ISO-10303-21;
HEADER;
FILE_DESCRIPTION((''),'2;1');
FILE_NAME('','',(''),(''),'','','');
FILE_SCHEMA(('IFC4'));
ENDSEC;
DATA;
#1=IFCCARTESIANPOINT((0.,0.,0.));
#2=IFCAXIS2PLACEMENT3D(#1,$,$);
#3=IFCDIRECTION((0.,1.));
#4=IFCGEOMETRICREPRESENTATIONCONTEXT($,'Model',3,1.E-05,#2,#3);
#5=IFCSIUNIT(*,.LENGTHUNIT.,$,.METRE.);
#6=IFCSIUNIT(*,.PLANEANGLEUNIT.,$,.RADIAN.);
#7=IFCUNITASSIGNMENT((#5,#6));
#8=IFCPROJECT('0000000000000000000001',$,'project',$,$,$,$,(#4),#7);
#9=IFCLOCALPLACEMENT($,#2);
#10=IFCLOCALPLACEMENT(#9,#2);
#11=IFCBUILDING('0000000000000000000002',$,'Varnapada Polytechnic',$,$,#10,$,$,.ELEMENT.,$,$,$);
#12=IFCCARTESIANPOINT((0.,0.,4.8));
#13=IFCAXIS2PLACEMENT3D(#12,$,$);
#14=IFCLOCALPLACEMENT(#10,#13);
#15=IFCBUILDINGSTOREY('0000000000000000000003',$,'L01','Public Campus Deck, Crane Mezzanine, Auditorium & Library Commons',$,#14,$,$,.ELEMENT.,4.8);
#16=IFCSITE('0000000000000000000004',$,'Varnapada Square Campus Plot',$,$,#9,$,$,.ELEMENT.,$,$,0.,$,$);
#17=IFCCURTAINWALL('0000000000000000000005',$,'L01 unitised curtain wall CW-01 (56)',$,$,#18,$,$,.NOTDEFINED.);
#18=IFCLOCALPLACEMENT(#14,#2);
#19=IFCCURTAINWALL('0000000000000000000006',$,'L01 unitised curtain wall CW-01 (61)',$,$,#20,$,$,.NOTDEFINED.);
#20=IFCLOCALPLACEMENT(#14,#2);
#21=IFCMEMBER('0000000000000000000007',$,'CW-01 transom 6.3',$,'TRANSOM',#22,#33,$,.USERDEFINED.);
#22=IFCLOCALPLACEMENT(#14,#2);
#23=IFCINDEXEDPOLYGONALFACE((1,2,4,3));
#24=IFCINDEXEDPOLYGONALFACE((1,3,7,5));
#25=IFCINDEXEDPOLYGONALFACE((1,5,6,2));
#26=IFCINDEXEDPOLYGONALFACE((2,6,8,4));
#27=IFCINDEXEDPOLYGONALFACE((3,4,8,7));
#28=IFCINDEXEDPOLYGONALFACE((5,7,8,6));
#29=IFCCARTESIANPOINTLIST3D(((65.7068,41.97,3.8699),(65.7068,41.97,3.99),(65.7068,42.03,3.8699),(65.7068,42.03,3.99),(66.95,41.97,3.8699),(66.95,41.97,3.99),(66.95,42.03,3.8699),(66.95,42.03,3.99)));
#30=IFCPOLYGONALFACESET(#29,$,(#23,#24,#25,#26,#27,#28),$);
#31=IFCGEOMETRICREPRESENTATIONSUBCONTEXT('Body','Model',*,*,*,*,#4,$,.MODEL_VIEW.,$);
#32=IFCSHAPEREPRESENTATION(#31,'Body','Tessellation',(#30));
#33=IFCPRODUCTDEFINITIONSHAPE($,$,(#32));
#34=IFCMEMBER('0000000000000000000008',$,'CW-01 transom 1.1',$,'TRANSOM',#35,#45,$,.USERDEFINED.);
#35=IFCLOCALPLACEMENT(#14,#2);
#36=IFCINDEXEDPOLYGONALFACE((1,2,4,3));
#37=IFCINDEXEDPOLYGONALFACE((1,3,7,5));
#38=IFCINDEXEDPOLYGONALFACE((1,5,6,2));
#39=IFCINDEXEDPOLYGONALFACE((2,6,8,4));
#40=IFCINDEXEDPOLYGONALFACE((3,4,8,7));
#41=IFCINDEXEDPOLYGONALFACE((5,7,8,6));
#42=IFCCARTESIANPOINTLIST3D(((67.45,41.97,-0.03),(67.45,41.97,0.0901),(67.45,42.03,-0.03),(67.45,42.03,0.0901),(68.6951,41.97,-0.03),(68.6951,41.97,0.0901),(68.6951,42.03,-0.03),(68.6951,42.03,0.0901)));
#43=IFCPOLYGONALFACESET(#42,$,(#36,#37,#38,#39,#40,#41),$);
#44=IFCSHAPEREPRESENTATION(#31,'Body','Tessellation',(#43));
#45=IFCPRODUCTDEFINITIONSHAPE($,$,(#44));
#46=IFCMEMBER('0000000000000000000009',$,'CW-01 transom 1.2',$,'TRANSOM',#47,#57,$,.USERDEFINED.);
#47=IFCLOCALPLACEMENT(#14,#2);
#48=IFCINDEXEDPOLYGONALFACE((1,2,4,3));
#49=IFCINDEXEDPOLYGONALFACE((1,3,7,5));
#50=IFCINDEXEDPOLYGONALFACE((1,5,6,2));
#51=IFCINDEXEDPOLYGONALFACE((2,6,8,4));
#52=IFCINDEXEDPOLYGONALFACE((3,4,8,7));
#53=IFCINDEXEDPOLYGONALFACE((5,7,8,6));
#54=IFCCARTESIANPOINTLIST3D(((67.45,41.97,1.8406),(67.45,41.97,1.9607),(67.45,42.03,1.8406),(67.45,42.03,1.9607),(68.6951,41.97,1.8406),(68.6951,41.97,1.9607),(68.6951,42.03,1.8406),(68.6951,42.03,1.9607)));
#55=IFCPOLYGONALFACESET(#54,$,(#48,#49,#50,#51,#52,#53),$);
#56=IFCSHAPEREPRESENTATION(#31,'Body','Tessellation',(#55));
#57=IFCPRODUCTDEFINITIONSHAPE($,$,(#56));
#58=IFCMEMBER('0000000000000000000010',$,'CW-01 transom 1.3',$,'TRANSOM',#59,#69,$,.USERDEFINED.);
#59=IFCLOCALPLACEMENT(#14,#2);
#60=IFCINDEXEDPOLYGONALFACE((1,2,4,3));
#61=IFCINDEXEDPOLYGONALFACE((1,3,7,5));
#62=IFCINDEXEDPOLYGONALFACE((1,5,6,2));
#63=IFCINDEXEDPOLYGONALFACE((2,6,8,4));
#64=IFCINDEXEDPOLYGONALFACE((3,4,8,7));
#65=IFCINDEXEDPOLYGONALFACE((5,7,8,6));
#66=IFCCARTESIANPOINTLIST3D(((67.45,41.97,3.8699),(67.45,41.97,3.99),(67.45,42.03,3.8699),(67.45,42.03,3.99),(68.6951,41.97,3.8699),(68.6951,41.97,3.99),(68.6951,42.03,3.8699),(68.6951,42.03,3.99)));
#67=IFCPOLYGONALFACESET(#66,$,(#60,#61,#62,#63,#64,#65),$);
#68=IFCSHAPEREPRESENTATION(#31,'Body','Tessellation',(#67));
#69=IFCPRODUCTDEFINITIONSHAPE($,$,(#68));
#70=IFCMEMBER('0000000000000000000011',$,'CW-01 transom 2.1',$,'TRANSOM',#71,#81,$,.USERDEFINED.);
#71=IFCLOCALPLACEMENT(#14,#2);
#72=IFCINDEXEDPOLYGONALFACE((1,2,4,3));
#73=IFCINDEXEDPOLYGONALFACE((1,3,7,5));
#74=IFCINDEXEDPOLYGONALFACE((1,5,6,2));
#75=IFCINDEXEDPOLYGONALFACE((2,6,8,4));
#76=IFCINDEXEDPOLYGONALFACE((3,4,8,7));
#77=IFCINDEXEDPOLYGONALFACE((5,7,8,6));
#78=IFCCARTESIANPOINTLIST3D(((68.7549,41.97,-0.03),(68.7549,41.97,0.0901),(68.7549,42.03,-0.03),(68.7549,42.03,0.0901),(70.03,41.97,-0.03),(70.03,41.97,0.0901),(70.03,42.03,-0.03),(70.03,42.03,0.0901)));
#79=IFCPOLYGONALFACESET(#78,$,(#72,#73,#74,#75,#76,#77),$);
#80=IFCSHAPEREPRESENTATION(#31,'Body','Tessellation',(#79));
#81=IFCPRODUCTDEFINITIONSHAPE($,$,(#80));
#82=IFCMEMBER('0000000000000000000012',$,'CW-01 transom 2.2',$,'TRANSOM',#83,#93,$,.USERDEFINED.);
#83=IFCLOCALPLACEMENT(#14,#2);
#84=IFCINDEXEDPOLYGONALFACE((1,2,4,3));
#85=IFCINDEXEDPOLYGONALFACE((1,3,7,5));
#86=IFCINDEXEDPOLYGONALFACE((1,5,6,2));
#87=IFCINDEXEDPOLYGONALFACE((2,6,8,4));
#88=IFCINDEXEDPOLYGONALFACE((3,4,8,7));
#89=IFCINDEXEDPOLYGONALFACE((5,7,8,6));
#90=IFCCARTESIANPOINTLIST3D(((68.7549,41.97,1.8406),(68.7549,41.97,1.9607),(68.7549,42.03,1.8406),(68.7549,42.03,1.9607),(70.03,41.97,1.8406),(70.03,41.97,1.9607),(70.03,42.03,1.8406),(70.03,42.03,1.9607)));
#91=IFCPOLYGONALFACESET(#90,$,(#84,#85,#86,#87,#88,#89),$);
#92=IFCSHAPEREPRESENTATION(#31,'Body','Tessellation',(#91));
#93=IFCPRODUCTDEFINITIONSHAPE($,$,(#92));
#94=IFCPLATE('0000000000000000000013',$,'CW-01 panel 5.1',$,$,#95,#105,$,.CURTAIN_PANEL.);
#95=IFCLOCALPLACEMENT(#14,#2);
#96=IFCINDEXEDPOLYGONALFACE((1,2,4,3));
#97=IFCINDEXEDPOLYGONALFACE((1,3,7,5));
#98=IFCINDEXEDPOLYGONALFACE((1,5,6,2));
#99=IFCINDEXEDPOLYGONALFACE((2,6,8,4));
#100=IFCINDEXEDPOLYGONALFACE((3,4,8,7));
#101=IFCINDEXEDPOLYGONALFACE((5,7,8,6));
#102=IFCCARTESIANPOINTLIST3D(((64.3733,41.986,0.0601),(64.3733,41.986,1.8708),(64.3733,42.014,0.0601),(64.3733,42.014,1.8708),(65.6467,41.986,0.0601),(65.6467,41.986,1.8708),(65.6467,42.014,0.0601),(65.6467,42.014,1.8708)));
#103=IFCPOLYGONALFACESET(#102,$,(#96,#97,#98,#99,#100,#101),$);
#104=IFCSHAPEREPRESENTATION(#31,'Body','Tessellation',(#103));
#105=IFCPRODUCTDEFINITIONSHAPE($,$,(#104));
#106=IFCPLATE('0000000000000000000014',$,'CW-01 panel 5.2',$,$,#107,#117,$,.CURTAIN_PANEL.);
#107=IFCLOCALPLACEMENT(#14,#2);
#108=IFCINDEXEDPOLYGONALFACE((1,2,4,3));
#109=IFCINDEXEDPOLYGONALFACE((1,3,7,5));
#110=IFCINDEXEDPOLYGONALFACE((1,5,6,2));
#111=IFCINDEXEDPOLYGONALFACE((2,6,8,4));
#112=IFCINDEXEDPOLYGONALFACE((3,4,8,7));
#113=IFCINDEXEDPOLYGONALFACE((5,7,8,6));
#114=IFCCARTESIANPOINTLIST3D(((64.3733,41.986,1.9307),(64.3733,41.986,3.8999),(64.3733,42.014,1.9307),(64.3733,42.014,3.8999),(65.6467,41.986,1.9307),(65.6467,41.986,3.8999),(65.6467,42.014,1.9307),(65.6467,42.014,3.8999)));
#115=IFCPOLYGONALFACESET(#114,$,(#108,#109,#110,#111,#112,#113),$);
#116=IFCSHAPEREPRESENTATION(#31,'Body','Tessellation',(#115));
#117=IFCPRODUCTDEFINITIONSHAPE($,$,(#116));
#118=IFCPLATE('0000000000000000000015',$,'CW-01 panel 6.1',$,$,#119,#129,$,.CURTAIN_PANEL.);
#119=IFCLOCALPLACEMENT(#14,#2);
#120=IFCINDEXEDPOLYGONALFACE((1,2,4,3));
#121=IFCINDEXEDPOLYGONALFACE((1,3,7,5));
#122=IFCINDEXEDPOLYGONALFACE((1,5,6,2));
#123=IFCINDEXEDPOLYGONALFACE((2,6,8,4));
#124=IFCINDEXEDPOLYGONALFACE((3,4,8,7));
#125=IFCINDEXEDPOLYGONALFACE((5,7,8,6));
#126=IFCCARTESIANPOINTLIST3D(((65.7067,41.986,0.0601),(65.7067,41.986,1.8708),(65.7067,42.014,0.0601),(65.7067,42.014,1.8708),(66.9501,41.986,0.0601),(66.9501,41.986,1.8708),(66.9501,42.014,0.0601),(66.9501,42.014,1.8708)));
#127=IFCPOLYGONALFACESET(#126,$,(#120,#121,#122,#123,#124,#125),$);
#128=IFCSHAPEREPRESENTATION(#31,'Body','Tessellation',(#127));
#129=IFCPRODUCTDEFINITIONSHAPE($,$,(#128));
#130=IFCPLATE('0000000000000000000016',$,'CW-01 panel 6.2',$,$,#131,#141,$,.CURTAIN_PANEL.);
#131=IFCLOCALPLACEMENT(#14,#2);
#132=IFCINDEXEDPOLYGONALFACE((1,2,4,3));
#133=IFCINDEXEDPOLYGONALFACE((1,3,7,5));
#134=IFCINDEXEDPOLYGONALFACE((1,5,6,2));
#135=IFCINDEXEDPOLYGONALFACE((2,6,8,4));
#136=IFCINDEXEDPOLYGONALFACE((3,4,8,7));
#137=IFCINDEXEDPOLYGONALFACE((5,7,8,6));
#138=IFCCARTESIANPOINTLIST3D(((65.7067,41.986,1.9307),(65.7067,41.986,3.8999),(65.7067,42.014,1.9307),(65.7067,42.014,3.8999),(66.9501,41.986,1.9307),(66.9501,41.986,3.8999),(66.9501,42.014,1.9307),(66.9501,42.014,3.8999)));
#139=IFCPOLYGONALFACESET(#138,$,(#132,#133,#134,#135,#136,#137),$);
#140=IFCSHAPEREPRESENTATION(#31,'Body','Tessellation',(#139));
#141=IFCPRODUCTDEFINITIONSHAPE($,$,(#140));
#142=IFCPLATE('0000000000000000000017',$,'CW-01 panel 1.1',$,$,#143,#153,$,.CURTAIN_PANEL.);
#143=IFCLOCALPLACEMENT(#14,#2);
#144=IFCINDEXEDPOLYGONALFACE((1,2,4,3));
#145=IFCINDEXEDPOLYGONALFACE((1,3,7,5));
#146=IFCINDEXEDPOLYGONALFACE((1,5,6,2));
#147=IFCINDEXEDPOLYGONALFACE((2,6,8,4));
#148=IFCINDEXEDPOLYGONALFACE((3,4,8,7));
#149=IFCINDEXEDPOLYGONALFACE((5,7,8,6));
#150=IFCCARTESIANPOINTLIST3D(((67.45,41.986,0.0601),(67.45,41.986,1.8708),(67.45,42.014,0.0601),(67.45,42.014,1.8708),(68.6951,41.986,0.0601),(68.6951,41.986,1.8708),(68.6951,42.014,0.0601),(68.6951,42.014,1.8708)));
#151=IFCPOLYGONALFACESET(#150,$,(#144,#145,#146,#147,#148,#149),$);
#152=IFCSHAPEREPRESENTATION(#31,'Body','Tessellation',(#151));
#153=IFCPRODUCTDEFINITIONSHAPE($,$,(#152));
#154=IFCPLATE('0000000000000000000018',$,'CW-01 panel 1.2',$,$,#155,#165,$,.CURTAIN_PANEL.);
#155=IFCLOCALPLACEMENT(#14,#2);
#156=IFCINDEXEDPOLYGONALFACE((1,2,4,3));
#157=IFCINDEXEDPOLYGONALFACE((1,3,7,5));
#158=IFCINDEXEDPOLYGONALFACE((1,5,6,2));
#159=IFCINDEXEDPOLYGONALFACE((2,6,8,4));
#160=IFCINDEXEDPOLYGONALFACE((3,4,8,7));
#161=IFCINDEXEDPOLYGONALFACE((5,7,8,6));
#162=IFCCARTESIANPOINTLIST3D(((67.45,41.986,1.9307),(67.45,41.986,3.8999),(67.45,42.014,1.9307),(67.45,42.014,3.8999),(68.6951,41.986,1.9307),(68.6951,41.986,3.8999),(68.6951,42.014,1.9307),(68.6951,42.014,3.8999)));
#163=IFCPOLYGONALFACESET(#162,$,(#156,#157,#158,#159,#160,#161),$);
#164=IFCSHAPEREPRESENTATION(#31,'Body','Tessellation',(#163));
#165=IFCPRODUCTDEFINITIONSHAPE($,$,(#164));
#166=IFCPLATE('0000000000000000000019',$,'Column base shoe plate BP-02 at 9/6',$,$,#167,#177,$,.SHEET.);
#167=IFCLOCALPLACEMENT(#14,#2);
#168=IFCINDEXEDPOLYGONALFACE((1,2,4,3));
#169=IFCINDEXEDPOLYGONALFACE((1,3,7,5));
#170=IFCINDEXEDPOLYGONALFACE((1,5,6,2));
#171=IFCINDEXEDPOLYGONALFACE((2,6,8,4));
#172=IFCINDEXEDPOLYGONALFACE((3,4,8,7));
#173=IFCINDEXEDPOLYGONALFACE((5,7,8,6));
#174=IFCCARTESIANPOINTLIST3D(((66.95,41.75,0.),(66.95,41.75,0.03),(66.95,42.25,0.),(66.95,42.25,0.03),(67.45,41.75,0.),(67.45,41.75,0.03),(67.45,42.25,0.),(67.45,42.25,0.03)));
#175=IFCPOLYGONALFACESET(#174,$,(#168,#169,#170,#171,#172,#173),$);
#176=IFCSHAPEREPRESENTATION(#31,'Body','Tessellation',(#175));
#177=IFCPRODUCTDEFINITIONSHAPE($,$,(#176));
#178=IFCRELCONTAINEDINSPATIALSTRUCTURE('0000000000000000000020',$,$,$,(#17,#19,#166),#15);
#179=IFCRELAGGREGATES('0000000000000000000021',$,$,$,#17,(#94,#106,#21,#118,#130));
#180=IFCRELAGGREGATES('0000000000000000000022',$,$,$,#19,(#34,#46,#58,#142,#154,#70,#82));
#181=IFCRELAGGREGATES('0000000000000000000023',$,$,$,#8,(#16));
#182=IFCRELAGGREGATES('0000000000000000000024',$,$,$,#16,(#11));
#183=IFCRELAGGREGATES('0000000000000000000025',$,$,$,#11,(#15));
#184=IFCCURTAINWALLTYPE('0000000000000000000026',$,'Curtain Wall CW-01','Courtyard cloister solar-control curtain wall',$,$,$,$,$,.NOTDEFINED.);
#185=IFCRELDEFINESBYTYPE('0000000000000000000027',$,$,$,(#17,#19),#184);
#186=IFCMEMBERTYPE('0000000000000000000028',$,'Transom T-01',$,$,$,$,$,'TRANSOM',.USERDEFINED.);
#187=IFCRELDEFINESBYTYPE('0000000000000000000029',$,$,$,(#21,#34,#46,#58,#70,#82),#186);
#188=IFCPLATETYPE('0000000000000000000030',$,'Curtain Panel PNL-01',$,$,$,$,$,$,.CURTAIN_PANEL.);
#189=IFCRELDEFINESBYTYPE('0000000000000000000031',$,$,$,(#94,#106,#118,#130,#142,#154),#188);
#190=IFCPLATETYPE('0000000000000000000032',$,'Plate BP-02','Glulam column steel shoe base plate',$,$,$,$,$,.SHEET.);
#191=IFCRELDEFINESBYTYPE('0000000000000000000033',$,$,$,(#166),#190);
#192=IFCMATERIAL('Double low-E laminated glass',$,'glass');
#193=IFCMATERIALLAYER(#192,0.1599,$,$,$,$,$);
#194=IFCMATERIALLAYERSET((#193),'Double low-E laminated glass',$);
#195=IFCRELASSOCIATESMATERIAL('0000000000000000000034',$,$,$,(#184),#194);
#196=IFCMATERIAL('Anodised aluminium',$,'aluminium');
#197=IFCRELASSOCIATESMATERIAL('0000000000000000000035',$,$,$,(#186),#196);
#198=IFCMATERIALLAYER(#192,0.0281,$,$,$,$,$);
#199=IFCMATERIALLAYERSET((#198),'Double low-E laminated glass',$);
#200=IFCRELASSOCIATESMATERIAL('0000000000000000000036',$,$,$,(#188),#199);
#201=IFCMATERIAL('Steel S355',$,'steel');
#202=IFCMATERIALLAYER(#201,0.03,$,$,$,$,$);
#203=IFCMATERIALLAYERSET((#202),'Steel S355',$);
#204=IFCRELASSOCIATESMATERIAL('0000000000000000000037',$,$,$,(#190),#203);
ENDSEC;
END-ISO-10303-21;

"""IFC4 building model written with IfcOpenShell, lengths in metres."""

from ifc_helpers import new_model, si_unit, direction, frame, origin, origin_2d, place, context, subcontext, project, spatial, rectangle, extrude, material, layer, layer_set, material_profile, profile_set, type_object, element, aggregate, save


model = new_model("IFC4")

# Units and contexts
model_context = context("Model", 3, precision=1e-05, world=origin(), true_north=direction((0.0, 1.0)))
body_context = subcontext(model_context, "Body", "Model", "MODEL_VIEW")
ifc_project = project(units=[si_unit("LENGTHUNIT", "METRE"), si_unit("PLANEANGLEUNIT", "RADIAN")], contexts=[model_context])

# Site, building, storey
site_placement = place(None, origin())
site = spatial("IfcSite", under=ifc_project, at=site_placement, Name="Varnapada Square Campus Plot", CompositionType="ELEMENT", RefElevation=0.0)
building_placement = place(site_placement, origin())
building = spatial("IfcBuilding", under=site, at=building_placement, Name="Varnapada Polytechnic", CompositionType="ELEMENT")
storey_placement = place(building_placement, frame((0.0, 0.0, 4.8)))
storey = spatial("IfcBuildingStorey", under=building, at=storey_placement, Name="L01", Description="Public Campus Deck, Crane Mezzanine, Auditorium & Library Commons", CompositionType="ELEMENT", Elevation=4.8)

# Curtain walls
ifc_material_1 = material(Name="Double low-E laminated glass", Category="glass")
ifc_layer_1 = layer(ifc_material_1, 0.1599)
ifc_layer_set_1 = layer_set([ifc_layer_1], Name="Double low-E laminated glass")
curtain_wall_type = type_object("IfcCurtainWallType", Name="Curtain Wall CW-01", Description="Courtyard cloister solar-control curtain wall", PredefinedType="NOTDEFINED", material=ifc_layer_set_1)
curtain_wall_1_placement = place(storey_placement, origin())
curtain_wall_1 = element("IfcCurtainWall", 1, at=curtain_wall_1_placement, inside=storey, type_object=curtain_wall_type, Name="L01 unitised curtain wall CW-01 (56)", PredefinedType="NOTDEFINED")
ifc_material_2 = material(Name="Anodised aluminium", Category="aluminium")
curtain_wall_2_placement = place(storey_placement, origin())
curtain_wall_2 = element("IfcCurtainWall", 2, at=curtain_wall_2_placement, inside=storey, type_object=curtain_wall_type, Name="L01 unitised curtain wall CW-01 (61)", PredefinedType="NOTDEFINED")

# Members
ifc_material_profile_1 = material_profile(ifc_material_2, rectangle(XDim=0.0601, YDim=0.1201, at=origin_2d()), Name="ALU T60x120")
ifc_profile_set_1 = profile_set([ifc_material_profile_1], Name="Anodised aluminium")
member_type_1 = type_object("IfcMemberType", Name="Transom T-01", ElementType="TRANSOM", PredefinedType="USERDEFINED", material=ifc_profile_set_1)
member_1_placement = place(storey_placement, frame((65.7068, 42.0, 3.9299), z_axis=(1.0, 0.0, 0.0), x_axis=(0.0, 1.0, 0.0)))
member_1 = element("IfcMember", 3, at=member_1_placement, type_object=member_type_1, Name="CW-01 transom 6.3", ObjectType="TRANSOM", PredefinedType="USERDEFINED", context=body_context, shape_type="SweptSolid", body=[
    extrude(rectangle(XDim=0.0601, YDim=0.1201, at=origin_2d()), origin(), (0.0, 0.0, 1.0), 1.2432),
])
member_2_placement = place(storey_placement, frame((67.45, 42.0, 0.03), z_axis=(1.0, 0.0, 0.0), x_axis=(0.0, 1.0, 0.0)))
member_2 = element("IfcMember", 4, at=member_2_placement, type_object=member_type_1, Name="CW-01 transom 1.1", ObjectType="TRANSOM", PredefinedType="USERDEFINED", context=body_context, shape_type="SweptSolid", body=[
    extrude(rectangle(XDim=0.0601, YDim=0.1201, at=origin_2d()), origin(), (0.0, 0.0, 1.0), 1.2451),
])
member_3_placement = place(storey_placement, frame((67.45, 42.0, 1.9006), z_axis=(1.0, 0.0, 0.0), x_axis=(0.0, 1.0, 0.0)))
member_3 = element("IfcMember", 5, at=member_3_placement, type_object=member_type_1, Name="CW-01 transom 1.2", ObjectType="TRANSOM", PredefinedType="USERDEFINED", context=body_context, shape_type="SweptSolid", body=[
    extrude(rectangle(XDim=0.0601, YDim=0.1201, at=origin_2d()), origin(), (0.0, 0.0, 1.0), 1.2451),
])
member_4_placement = place(storey_placement, frame((67.45, 42.0, 3.9299), z_axis=(1.0, 0.0, 0.0), x_axis=(0.0, 1.0, 0.0)))
member_4 = element("IfcMember", 6, at=member_4_placement, type_object=member_type_1, Name="CW-01 transom 1.3", ObjectType="TRANSOM", PredefinedType="USERDEFINED", context=body_context, shape_type="SweptSolid", body=[
    extrude(rectangle(XDim=0.0601, YDim=0.1201, at=origin_2d()), origin(), (0.0, 0.0, 1.0), 1.2451),
])
member_5_placement = place(storey_placement, frame((68.7549, 42.0, 0.03), z_axis=(1.0, 0.0, 0.0), x_axis=(0.0, 1.0, 0.0)))
member_5 = element("IfcMember", 7, at=member_5_placement, type_object=member_type_1, Name="CW-01 transom 2.1", ObjectType="TRANSOM", PredefinedType="USERDEFINED", context=body_context, shape_type="SweptSolid", body=[
    extrude(rectangle(XDim=0.0601, YDim=0.1201, at=origin_2d()), origin(), (0.0, 0.0, 1.0), 1.2751),
])
member_6_placement = place(storey_placement, frame((68.7549, 42.0, 1.9006), z_axis=(1.0, 0.0, 0.0), x_axis=(0.0, 1.0, 0.0)))
member_6 = element("IfcMember", 8, at=member_6_placement, type_object=member_type_1, Name="CW-01 transom 2.2", ObjectType="TRANSOM", PredefinedType="USERDEFINED", context=body_context, shape_type="SweptSolid", body=[
    extrude(rectangle(XDim=0.0601, YDim=0.1201, at=origin_2d()), origin(), (0.0, 0.0, 1.0), 1.2751),
])

# Plates
ifc_layer_2 = layer(ifc_material_1, 0.0281)
ifc_layer_set_2 = layer_set([ifc_layer_2], Name="Double low-E laminated glass")
plate_type_1 = type_object("IfcPlateType", Name="Curtain Panel PNL-01", PredefinedType="CURTAIN_PANEL", material=ifc_layer_set_2)
plate_1_placement = place(storey_placement, frame((65.01, 42.0, 0.0601), z_axis=(0.0, 0.0, 1.0), x_axis=(1.0, 0.0, 0.0)))
plate_1 = element("IfcPlate", 9, at=plate_1_placement, type_object=plate_type_1, Name="CW-01 panel 5.1", PredefinedType="CURTAIN_PANEL", context=body_context, shape_type="SweptSolid", body=[
    extrude(rectangle(XDim=1.2734, YDim=0.0281, at=origin_2d()), origin(), (0.0, 0.0, 1.0), 1.8108),
])
plate_2_placement = place(storey_placement, frame((65.01, 42.0, 1.9307), z_axis=(0.0, 0.0, 1.0), x_axis=(1.0, 0.0, 0.0)))
plate_2 = element("IfcPlate", 10, at=plate_2_placement, type_object=plate_type_1, Name="CW-01 panel 5.2", PredefinedType="CURTAIN_PANEL", context=body_context, shape_type="SweptSolid", body=[
    extrude(rectangle(XDim=1.2734, YDim=0.0281, at=origin_2d()), origin(), (0.0, 0.0, 1.0), 1.9692),
])
plate_3_placement = place(storey_placement, frame((66.3284, 42.0, 0.0601), z_axis=(0.0, 0.0, 1.0), x_axis=(1.0, 0.0, 0.0)))
plate_3 = element("IfcPlate", 11, at=plate_3_placement, type_object=plate_type_1, Name="CW-01 panel 6.1", PredefinedType="CURTAIN_PANEL", context=body_context, shape_type="SweptSolid", body=[
    extrude(rectangle(XDim=1.2434, YDim=0.0281, at=origin_2d()), origin(), (0.0, 0.0, 1.0), 1.8108),
])
plate_4_placement = place(storey_placement, frame((66.3284, 42.0, 1.9307), z_axis=(0.0, 0.0, 1.0), x_axis=(1.0, 0.0, 0.0)))
plate_4 = element("IfcPlate", 12, at=plate_4_placement, type_object=plate_type_1, Name="CW-01 panel 6.2", PredefinedType="CURTAIN_PANEL", context=body_context, shape_type="SweptSolid", body=[
    extrude(rectangle(XDim=1.2434, YDim=0.0281, at=origin_2d()), origin(), (0.0, 0.0, 1.0), 1.9692),
])
aggregate(curtain_wall_1, [plate_1, plate_2, member_1, plate_3, plate_4])
plate_5_placement = place(storey_placement, frame((68.0725, 42.0, 0.0601), z_axis=(0.0, 0.0, 1.0), x_axis=(1.0, 0.0, 0.0)))
plate_5 = element("IfcPlate", 13, at=plate_5_placement, type_object=plate_type_1, Name="CW-01 panel 1.1", PredefinedType="CURTAIN_PANEL", context=body_context, shape_type="SweptSolid", body=[
    extrude(rectangle(XDim=1.2451, YDim=0.0281, at=origin_2d()), origin(), (0.0, 0.0, 1.0), 1.8108),
])
plate_6_placement = place(storey_placement, frame((68.0725, 42.0, 1.9307), z_axis=(0.0, 0.0, 1.0), x_axis=(1.0, 0.0, 0.0)))
plate_6 = element("IfcPlate", 14, at=plate_6_placement, type_object=plate_type_1, Name="CW-01 panel 1.2", PredefinedType="CURTAIN_PANEL", context=body_context, shape_type="SweptSolid", body=[
    extrude(rectangle(XDim=1.2451, YDim=0.0281, at=origin_2d()), origin(), (0.0, 0.0, 1.0), 1.9692),
])
aggregate(curtain_wall_2, [member_2, member_3, member_4, plate_5, plate_6, member_5, member_6])
ifc_material_3 = material(Name="Steel S355", Category="steel")
ifc_layer_3 = layer(ifc_material_3, 0.03)
ifc_layer_set_3 = layer_set([ifc_layer_3], Name="Steel S355")
plate_type_2 = type_object("IfcPlateType", Name="Plate BP-02", Description="Glulam column steel shoe base plate", PredefinedType="SHEET", material=ifc_layer_set_3)
plate_7_placement = place(storey_placement, frame((67.2, 42.0, 0.0), z_axis=(0.0, 0.0, 1.0), x_axis=(1.0, 0.0, 0.0)))
element("IfcPlate", 15, at=plate_7_placement, inside=storey, type_object=plate_type_2, Name="Column base shoe plate BP-02 at 9/6", PredefinedType="SHEET", context=body_context, shape_type="SweptSolid", body=[
    extrude(rectangle(XDim=0.5, YDim=0.5, at=origin_2d()), origin(), (0.0, 0.0, 1.0), 0.03),
])

save(model, "model.ifc")
